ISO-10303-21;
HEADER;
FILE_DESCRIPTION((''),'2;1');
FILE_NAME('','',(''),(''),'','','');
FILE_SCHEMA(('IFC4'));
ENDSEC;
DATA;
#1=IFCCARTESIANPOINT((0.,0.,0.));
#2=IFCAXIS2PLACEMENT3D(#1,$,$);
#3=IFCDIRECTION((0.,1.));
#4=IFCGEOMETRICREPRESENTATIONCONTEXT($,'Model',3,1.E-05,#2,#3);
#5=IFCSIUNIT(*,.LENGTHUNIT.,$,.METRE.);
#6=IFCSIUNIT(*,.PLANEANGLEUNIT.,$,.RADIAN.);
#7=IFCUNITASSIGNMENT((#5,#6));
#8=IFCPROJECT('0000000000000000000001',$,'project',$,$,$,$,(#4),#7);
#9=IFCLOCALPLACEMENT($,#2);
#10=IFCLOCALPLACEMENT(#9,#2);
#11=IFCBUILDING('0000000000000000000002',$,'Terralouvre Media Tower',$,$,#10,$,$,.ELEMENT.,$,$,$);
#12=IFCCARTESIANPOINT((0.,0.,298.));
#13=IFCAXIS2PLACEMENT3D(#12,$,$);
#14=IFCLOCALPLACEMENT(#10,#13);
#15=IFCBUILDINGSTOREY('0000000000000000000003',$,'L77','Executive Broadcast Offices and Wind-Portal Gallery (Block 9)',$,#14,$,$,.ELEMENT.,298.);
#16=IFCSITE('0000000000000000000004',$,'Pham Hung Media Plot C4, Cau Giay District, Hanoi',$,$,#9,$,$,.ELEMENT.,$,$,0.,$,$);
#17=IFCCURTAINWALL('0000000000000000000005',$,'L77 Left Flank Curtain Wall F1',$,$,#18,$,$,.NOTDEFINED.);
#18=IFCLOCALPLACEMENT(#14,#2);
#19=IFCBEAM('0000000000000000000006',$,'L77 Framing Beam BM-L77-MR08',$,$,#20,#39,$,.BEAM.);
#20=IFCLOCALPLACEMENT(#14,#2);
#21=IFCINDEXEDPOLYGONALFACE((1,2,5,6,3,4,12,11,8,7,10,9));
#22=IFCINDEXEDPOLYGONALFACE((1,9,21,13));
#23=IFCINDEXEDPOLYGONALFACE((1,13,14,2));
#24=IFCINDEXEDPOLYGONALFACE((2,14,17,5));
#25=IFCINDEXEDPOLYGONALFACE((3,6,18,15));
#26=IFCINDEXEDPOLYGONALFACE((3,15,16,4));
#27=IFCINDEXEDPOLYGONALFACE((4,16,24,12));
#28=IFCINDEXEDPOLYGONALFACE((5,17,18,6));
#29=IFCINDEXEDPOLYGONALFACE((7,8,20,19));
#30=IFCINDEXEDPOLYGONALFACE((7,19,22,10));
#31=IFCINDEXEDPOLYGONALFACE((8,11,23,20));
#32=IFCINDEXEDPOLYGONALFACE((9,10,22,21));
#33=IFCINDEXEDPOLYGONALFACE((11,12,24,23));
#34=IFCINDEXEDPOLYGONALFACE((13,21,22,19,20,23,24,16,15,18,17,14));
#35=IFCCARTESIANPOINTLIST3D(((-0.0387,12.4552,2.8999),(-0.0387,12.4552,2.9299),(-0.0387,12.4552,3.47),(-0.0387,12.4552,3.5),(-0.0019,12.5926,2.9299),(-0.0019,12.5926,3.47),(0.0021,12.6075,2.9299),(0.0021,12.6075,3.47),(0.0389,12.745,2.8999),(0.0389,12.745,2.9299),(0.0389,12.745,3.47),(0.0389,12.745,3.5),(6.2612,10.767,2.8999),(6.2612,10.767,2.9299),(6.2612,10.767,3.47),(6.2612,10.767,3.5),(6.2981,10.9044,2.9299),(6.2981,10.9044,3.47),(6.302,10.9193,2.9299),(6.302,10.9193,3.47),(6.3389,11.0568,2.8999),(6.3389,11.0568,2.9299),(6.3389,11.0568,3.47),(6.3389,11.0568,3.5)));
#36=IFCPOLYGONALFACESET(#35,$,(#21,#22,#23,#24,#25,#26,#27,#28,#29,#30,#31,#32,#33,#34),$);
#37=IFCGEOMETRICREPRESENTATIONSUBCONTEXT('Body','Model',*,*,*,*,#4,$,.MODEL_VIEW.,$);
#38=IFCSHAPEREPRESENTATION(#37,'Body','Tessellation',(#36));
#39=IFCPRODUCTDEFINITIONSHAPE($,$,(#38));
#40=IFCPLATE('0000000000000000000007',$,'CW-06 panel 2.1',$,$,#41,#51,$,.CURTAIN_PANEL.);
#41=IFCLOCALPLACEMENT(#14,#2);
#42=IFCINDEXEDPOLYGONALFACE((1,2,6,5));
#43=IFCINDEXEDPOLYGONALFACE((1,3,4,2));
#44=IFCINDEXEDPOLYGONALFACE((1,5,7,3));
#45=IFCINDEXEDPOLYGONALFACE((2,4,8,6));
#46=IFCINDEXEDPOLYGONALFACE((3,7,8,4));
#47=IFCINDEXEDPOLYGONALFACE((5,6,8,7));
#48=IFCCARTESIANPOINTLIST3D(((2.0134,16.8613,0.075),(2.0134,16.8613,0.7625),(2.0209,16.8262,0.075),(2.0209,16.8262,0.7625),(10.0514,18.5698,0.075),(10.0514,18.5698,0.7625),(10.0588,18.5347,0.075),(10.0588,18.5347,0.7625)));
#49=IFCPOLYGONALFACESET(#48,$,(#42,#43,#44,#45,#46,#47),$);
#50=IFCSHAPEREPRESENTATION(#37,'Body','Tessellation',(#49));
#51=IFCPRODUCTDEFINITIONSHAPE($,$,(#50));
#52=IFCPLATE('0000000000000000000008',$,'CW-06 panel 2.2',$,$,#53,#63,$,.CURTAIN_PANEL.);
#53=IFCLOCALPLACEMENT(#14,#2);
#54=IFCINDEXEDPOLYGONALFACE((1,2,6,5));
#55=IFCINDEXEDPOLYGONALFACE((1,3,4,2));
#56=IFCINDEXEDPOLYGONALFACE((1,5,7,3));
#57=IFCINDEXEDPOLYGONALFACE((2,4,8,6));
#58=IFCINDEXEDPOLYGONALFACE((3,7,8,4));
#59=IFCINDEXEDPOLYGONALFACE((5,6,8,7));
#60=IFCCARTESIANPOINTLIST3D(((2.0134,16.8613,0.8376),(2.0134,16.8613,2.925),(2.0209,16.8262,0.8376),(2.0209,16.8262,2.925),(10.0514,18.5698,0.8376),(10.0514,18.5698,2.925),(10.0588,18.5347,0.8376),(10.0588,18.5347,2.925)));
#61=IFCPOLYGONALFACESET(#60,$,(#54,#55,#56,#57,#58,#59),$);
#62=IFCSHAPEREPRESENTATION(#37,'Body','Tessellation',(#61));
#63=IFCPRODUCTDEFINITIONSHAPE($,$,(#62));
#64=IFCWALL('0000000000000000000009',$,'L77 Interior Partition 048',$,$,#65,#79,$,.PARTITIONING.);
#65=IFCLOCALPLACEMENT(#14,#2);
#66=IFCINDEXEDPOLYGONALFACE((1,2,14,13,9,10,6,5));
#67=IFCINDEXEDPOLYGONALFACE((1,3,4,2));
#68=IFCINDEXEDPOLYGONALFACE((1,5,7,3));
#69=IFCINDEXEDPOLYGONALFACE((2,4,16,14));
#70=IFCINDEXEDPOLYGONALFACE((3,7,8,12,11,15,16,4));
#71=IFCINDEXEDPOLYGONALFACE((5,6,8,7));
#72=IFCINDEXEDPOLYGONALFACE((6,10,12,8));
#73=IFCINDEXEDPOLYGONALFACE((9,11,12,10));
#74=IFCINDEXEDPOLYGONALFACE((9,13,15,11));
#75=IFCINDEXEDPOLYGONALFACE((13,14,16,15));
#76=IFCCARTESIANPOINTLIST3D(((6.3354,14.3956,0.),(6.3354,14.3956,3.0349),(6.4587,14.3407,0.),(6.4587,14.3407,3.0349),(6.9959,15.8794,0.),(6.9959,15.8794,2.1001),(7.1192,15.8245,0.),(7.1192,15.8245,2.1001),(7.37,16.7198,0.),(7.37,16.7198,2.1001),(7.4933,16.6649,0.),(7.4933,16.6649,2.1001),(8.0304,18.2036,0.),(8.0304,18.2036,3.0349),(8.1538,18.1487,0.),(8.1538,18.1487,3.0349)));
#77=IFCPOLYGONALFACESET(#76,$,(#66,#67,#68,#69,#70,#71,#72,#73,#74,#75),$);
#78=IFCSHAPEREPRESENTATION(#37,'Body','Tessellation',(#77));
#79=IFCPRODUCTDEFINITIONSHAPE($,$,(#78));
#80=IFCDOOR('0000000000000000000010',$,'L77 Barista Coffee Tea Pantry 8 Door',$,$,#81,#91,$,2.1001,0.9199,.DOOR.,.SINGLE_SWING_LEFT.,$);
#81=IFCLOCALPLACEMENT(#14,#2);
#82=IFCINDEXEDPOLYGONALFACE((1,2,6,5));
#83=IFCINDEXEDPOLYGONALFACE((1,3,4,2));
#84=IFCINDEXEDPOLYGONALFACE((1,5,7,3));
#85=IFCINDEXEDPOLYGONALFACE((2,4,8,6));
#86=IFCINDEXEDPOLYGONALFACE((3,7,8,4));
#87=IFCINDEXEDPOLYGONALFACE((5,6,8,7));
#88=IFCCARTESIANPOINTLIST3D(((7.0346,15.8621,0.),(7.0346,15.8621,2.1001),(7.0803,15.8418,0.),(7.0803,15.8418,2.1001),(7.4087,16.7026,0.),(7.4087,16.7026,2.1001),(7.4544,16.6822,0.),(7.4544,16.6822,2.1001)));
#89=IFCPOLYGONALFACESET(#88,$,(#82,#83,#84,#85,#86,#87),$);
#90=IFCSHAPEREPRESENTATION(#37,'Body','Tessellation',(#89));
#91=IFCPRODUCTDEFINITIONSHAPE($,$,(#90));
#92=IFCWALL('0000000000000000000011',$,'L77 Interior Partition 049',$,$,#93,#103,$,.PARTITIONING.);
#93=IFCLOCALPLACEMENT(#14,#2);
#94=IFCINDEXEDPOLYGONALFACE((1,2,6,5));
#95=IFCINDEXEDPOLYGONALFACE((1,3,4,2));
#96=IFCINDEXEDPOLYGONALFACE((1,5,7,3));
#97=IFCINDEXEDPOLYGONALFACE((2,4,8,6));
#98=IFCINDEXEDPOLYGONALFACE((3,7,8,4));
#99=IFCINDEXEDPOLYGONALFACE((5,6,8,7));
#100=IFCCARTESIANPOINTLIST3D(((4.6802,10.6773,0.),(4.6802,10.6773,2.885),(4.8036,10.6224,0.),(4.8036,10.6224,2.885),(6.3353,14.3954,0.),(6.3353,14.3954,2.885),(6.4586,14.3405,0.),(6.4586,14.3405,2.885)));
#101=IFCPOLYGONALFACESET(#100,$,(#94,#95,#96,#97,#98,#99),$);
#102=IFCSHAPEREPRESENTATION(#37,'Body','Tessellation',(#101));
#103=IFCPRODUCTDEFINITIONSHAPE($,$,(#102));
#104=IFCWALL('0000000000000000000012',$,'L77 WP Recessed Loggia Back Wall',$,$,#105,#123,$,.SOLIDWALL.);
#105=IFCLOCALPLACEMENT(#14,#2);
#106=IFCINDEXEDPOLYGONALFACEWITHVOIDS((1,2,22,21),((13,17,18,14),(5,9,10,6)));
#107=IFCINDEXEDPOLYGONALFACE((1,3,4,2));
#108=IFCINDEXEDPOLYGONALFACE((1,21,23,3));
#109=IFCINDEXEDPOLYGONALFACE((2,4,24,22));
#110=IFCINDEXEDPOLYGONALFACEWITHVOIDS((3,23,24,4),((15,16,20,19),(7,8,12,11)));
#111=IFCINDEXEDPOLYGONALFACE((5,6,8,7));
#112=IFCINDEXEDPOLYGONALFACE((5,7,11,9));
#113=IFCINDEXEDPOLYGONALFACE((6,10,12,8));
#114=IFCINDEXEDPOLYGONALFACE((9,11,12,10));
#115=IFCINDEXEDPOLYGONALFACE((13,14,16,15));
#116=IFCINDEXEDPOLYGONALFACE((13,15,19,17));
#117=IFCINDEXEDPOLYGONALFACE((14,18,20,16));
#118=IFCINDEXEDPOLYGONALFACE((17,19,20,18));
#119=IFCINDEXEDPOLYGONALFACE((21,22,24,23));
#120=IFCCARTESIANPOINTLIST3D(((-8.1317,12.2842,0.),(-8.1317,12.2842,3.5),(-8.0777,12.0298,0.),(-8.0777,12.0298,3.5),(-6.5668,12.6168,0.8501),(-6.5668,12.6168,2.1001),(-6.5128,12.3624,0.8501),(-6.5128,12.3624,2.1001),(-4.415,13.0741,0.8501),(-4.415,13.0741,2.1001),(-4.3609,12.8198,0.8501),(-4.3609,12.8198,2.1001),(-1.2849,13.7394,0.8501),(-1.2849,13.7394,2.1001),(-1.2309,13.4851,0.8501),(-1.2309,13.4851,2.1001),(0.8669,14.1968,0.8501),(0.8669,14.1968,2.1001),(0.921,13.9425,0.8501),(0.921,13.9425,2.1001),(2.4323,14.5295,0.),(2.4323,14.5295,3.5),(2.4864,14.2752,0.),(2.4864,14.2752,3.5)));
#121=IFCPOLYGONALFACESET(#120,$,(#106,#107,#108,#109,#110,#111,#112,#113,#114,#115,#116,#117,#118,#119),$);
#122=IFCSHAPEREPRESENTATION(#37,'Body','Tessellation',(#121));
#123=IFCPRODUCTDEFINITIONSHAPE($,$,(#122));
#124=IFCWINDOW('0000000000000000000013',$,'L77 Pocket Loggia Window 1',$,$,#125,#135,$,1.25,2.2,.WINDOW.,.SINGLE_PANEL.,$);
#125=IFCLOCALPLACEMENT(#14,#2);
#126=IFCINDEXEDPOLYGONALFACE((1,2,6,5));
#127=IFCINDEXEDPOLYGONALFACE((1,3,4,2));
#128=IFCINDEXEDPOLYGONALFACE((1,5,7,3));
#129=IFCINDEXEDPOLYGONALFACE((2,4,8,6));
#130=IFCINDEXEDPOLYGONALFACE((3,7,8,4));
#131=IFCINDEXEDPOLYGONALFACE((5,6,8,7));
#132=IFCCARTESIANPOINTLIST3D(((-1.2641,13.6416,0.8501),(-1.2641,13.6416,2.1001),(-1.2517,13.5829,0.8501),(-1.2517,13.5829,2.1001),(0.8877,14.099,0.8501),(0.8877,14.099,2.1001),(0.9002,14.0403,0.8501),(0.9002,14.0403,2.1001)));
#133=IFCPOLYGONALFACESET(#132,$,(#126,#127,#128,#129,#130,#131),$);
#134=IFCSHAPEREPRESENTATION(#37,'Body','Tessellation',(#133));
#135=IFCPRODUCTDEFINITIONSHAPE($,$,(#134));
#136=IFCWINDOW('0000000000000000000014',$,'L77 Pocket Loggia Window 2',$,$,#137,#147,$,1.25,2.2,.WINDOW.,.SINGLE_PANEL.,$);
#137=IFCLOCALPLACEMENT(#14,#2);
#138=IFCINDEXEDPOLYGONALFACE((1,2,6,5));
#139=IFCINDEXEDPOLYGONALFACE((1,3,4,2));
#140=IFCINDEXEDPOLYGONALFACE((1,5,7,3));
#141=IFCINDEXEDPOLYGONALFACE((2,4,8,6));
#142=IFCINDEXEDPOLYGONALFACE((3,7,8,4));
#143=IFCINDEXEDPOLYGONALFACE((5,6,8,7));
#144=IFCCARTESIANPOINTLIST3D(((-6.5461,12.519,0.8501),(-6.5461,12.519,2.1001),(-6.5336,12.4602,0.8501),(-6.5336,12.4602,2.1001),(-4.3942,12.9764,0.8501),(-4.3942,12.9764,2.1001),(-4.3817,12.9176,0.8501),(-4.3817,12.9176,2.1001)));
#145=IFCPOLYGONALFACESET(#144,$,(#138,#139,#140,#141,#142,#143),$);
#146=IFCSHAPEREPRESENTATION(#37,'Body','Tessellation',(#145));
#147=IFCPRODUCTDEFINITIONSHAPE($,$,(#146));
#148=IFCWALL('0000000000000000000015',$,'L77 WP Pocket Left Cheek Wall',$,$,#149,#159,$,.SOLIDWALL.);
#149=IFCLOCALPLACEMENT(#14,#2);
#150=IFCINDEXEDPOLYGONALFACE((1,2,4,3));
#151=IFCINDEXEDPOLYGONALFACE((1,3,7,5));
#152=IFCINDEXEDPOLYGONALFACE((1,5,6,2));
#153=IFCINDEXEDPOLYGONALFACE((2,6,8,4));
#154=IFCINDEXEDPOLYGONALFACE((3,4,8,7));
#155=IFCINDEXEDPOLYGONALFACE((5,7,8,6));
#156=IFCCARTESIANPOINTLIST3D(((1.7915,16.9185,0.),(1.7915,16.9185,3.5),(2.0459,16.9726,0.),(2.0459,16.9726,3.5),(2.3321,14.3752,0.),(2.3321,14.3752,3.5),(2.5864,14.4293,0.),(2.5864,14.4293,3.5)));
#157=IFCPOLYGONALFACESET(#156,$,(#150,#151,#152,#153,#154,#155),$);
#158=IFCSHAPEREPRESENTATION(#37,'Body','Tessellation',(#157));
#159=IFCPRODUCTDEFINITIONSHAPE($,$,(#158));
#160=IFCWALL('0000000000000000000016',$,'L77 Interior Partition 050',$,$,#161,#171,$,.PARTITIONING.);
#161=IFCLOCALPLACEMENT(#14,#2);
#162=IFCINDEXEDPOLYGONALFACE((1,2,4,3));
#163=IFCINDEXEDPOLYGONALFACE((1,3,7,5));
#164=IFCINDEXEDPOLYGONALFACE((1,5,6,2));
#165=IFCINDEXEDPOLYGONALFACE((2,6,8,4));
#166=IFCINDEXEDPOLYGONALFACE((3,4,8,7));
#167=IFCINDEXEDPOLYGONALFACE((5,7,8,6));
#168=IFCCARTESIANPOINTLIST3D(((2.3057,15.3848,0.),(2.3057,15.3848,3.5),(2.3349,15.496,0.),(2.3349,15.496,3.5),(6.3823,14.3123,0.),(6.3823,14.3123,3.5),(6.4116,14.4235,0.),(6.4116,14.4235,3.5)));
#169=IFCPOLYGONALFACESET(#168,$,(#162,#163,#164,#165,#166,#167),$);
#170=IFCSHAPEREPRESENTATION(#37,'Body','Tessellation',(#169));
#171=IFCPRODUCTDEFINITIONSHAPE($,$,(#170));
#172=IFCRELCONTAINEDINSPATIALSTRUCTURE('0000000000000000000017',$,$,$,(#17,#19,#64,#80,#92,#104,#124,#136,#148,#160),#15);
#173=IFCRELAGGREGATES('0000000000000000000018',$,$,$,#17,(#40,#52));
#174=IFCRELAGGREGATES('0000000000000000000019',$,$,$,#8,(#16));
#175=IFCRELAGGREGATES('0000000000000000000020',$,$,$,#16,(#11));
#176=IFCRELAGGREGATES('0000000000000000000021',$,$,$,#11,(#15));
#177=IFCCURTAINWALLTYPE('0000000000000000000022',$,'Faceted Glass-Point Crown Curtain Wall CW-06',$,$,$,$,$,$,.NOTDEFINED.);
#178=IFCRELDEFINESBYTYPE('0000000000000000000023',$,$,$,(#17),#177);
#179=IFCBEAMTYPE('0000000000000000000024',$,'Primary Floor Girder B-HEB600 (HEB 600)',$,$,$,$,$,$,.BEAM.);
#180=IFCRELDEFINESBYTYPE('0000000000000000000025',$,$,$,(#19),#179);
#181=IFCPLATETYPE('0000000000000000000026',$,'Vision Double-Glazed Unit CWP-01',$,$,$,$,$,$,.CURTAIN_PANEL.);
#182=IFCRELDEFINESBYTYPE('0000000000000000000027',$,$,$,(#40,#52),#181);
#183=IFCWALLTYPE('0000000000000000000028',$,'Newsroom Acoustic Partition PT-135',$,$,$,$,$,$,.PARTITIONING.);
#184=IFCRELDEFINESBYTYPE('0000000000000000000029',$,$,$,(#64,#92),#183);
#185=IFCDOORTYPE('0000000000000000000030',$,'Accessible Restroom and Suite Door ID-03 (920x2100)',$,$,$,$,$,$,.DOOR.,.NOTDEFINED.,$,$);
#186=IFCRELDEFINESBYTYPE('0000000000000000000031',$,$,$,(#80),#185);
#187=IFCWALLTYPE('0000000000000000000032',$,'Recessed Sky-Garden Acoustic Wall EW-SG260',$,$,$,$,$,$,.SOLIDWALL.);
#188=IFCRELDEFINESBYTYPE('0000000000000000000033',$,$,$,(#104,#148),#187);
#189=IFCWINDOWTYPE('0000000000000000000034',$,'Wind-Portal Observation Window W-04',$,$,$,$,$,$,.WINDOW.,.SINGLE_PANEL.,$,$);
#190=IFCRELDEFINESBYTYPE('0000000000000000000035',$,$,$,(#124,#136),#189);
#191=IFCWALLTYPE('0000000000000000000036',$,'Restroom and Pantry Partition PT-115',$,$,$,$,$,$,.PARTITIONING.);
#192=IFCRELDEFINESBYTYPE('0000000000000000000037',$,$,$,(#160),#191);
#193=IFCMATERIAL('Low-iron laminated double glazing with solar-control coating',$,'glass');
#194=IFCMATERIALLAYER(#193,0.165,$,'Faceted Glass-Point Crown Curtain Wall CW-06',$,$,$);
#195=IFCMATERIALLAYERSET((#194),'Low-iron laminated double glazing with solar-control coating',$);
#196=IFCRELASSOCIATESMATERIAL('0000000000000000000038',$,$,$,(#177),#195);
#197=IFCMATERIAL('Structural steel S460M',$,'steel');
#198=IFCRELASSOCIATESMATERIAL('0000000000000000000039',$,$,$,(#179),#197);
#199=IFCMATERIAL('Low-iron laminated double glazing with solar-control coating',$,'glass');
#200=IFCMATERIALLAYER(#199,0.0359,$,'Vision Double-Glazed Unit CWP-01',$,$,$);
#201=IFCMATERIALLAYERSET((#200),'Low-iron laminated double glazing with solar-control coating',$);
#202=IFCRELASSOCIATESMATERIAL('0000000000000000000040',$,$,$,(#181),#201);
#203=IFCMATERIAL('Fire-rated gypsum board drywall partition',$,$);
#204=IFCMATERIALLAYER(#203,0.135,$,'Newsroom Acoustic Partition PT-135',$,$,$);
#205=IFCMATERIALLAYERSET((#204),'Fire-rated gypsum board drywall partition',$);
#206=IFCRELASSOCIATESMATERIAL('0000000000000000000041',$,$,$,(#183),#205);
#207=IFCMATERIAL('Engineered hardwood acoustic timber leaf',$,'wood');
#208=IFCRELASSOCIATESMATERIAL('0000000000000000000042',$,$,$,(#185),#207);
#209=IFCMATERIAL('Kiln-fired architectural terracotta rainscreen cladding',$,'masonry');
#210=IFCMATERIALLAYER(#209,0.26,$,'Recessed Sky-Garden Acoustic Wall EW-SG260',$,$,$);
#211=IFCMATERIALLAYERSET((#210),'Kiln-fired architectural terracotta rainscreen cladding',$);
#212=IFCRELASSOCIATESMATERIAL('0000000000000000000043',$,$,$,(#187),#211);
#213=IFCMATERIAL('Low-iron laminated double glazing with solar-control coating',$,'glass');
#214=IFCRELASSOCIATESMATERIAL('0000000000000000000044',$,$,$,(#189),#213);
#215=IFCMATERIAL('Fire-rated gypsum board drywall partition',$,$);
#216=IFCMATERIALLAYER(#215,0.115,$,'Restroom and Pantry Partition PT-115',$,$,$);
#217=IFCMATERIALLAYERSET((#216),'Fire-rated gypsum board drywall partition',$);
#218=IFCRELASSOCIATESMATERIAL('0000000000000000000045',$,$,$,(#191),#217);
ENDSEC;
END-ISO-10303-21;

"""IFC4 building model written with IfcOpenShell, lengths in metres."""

from ifc_helpers import new_model, si_unit, direction, frame, frame_2d, origin, origin_2d, place, context, subcontext, project, spatial, rectangle, i_section, extrude, material, layer, layer_set, material_profile, profile_set, type_object, element, fill, aggregate, save


model = new_model("IFC4")

# Units and contexts
model_context = context("Model", 3, precision=1e-05, world=origin(), true_north=direction((0.0, 1.0)))
body_context = subcontext(model_context, "Body", "Model", "MODEL_VIEW")
ifc_project = project(units=[si_unit("LENGTHUNIT", "METRE"), si_unit("PLANEANGLEUNIT", "RADIAN")], contexts=[model_context])

# Site, building, storey
site_placement = place(None, origin())
site = spatial("IfcSite", under=ifc_project, at=site_placement, Name="Pham Hung Media Plot C4, Cau Giay District, Hanoi", CompositionType="ELEMENT", RefElevation=0.0)
building_placement = place(site_placement, origin())
building = spatial("IfcBuilding", under=site, at=building_placement, Name="Terralouvre Media Tower", CompositionType="ELEMENT")
storey_placement = place(building_placement, frame((0.0, 0.0, 298.0)))
storey = spatial("IfcBuildingStorey", under=building, at=storey_placement, Name="L77", Description="Executive Broadcast Offices and Wind-Portal Gallery (Block 9)", CompositionType="ELEMENT", Elevation=298.0)

# Curtain wall
ifc_material_1 = material(Name="Low-iron laminated double glazing with solar-control coating", Category="glass")
ifc_layer_1 = layer(ifc_material_1, 0.165, Name="Faceted Glass-Point Crown Curtain Wall CW-06")
ifc_layer_set_1 = layer_set([ifc_layer_1], Name="Low-iron laminated double glazing with solar-control coating")
curtain_wall_type = type_object("IfcCurtainWallType", Name="Faceted Glass-Point Crown Curtain Wall CW-06", PredefinedType="NOTDEFINED", material=ifc_layer_set_1)
curtain_wall_placement = place(storey_placement, origin())
curtain_wall = element("IfcCurtainWall", 1, at=curtain_wall_placement, inside=storey, type_object=curtain_wall_type, Name="L77 Left Flank Curtain Wall F1", PredefinedType="NOTDEFINED")

# Beam
ifc_material_2 = material(Name="Structural steel S460M", Category="steel")
ifc_material_profile_1 = material_profile(ifc_material_2, i_section(OverallWidth=0.3, OverallDepth=0.6001, WebThickness=0.0154, FlangeThickness=0.03, at=origin_2d()), Name="HEB 600")
ifc_profile_set_1 = profile_set([ifc_material_profile_1], Name="Structural steel S460M")
beam_type_1 = type_object("IfcBeamType", Name="Primary Floor Girder B-HEB600 (HEB 600)", PredefinedType="BEAM", material=ifc_profile_set_1)
beam_1_placement = place(storey_placement, frame((6.3, 10.9119, 3.2), z_axis=(-0.96592, 0.258839, 0.0), x_axis=(-0.258839, -0.96592, 0.0)))
element("IfcBeam", 2, at=beam_1_placement, inside=storey, type_object=beam_type_1, Name="L77 Framing Beam BM-L77-MR08", PredefinedType="BEAM", context=body_context, shape_type="SweptSolid", body=[
    extrude(i_section(OverallWidth=0.3, OverallDepth=0.6001, WebThickness=0.0154, FlangeThickness=0.03, at=origin_2d()), origin(), (0.0, 0.0, 1.0), 6.5222),
])

# Plates
ifc_material_3 = material(Name="Low-iron laminated double glazing with solar-control coating", Category="glass")
ifc_layer_2 = layer(ifc_material_3, 0.0359, Name="Vision Double-Glazed Unit CWP-01")
ifc_layer_set_2 = layer_set([ifc_layer_2], Name="Low-iron laminated double glazing with solar-control coating")
plate_type = type_object("IfcPlateType", Name="Vision Double-Glazed Unit CWP-01", PredefinedType="CURTAIN_PANEL", material=ifc_layer_set_2)
plate_1_placement = place(storey_placement, frame((6.0361, 17.698, 0.075), z_axis=(0.0, 0.0, 1.0), x_axis=(-0.978148, -0.207912, 0.0)))
plate_1 = element("IfcPlate", 3, at=plate_1_placement, type_object=plate_type, Name="CW-06 panel 2.1", PredefinedType="CURTAIN_PANEL", context=body_context, shape_type="SweptSolid", body=[
    extrude(rectangle(XDim=8.2175, YDim=0.0359, at=origin_2d()), origin(), (0.0, 0.0, 1.0), 0.6875),
])
plate_2_placement = place(storey_placement, frame((6.0361, 17.698, 0.8376), z_axis=(0.0, 0.0, 1.0), x_axis=(-0.978148, -0.207912, 0.0)))
plate_2 = element("IfcPlate", 4, at=plate_2_placement, type_object=plate_type, Name="CW-06 panel 2.2", PredefinedType="CURTAIN_PANEL", context=body_context, shape_type="SweptSolid", body=[
    extrude(rectangle(XDim=8.2175, YDim=0.0359, at=origin_2d()), origin(), (0.0, 0.0, 1.0), 2.0874),
])
aggregate(curtain_wall, [plate_1, plate_2])

# Wall, opening, door
ifc_material_4 = material(Name="Fire-rated gypsum board drywall partition")
ifc_layer_3 = layer(ifc_material_4, 0.135, Name="Newsroom Acoustic Partition PT-135")
ifc_layer_set_3 = layer_set([ifc_layer_3], Name="Fire-rated gypsum board drywall partition")
wall_type_1 = type_object("IfcWallType", Name="Newsroom Acoustic Partition PT-135", PredefinedType="PARTITIONING", material=ifc_layer_set_3)
wall_1_placement = place(storey_placement, frame((8.092, 18.176, 0.0), z_axis=(0.0, 0.0, 1.0), x_axis=(-0.406655, -0.913582, 0.0)))
wall_1 = element("IfcWall", 5, at=wall_1_placement, inside=storey, type_object=wall_type_1, Name="L77 Interior Partition 048", PredefinedType="PARTITIONING", context=body_context, shape_type="SweptSolid", body=[
    extrude(rectangle(XDim=4.1682, YDim=0.135, at=frame_2d((2.084, 0.0))), origin(), (0.0, 0.0, 1.0), 3.0349),
])
opening_1_placement = place(wall_1_placement, frame((1.624, 0.0, 0.0)))
opening_1 = element("IfcOpeningElement", 6, at=opening_1_placement, cuts=wall_1, PredefinedType="OPENING", context=body_context, shape_type="SweptSolid", body=[
    extrude(rectangle(XDim=0.9199, YDim=2.1001, at=frame_2d((0.46, 1.05))), frame((0.0, 0.0774, 0.0), z_axis=(0.0, -1.0, 0.0), x_axis=(1.0, 0.0, 0.0)), (0.0, 0.0, 1.0), 0.155),
])
ifc_material_5 = material(Name="Engineered hardwood acoustic timber leaf", Category="wood")
door_type = type_object("IfcDoorType", Name="Accessible Restroom and Suite Door ID-03 (920x2100)", OperationType="NOTDEFINED", PredefinedType="DOOR", material=ifc_material_5)
door_placement = place(opening_1_placement, origin())
door = element("IfcDoor", 7, at=door_placement, inside=storey, type_object=door_type, Name="L77 Barista Coffee Tea Pantry 8 Door", OperationType="SINGLE_SWING_LEFT", OverallHeight=2.1001, OverallWidth=0.9199, PredefinedType="DOOR", context=body_context, shape_type="SweptSolid", body=[
    extrude(rectangle(XDim=0.9199, YDim=2.1001, at=frame_2d((0.46, 1.05))), frame((0.0, 0.0249, 0.0), z_axis=(0.0, -1.0, 0.0), x_axis=(1.0, 0.0, 0.0)), (0.0, 0.0, 1.0), 0.05),
])
fill(opening_1, door)

# Wall
wall_2_placement = place(storey_placement, frame((6.397, 14.3679, 0.0), z_axis=(0.0, 0.0, 1.0), x_axis=(-0.406667, -0.913576, 0.0)))
element("IfcWall", 8, at=wall_2_placement, inside=storey, type_object=wall_type_1, Name="L77 Interior Partition 049", PredefinedType="PARTITIONING", context=body_context, shape_type="SweptSolid", body=[
    extrude(rectangle(XDim=4.0698, YDim=0.135, at=frame_2d((2.0349, 0.0))), origin(), (0.0, 0.0, 1.0), 2.885),
])

# Wall, openings, windows
ifc_material_6 = material(Name="Kiln-fired architectural terracotta rainscreen cladding", Category="masonry")
ifc_layer_4 = layer(ifc_material_6, 0.26, Name="Recessed Sky-Garden Acoustic Wall EW-SG260")
ifc_layer_set_4 = layer_set([ifc_layer_4], Name="Kiln-fired architectural terracotta rainscreen cladding")
wall_type_2 = type_object("IfcWallType", Name="Recessed Sky-Garden Acoustic Wall EW-SG260", PredefinedType="SOLIDWALL", material=ifc_layer_set_4)
wall_3_placement = place(storey_placement, frame((2.4592, 14.4023, 0.0), z_axis=(0.0, 0.0, 1.0), x_axis=(-0.978149, -0.207905, 0.0)))
wall_3 = element("IfcWall", 9, at=wall_3_placement, inside=storey, type_object=wall_type_2, Name="L77 WP Recessed Loggia Back Wall", PredefinedType="SOLIDWALL", context=body_context, shape_type="SweptSolid", body=[
    extrude(rectangle(XDim=10.8, YDim=0.26, at=frame_2d((5.3999, 0.0))), origin(), (0.0, 0.0, 1.0), 3.5),
])
opening_2_placement = place(wall_3_placement, frame((1.6001, 0.0, 0.8501)))
opening_2 = element("IfcOpeningElement", 10, at=opening_2_placement, cuts=wall_3, PredefinedType="OPENING", context=body_context, shape_type="SweptSolid", body=[
    extrude(rectangle(XDim=2.2, YDim=1.25, at=frame_2d((1.1001, 0.625))), frame((0.0, 0.1399, 0.0), z_axis=(0.0, -1.0, 0.0), x_axis=(1.0, 0.0, 0.0)), (0.0, 0.0, 1.0), 0.28),
])
opening_3_placement = place(wall_3_placement, frame((7.0, 0.0, 0.8501)))
opening_3 = element("IfcOpeningElement", 11, at=opening_3_placement, cuts=wall_3, PredefinedType="OPENING", context=body_context, shape_type="SweptSolid", body=[
    extrude(rectangle(XDim=2.2, YDim=1.25, at=frame_2d((1.1001, 0.625))), frame((0.0, 0.1399, 0.0), z_axis=(0.0, -1.0, 0.0), x_axis=(1.0, 0.0, 0.0)), (0.0, 0.0, 1.0), 0.28),
])
ifc_material_7 = material(Name="Low-iron laminated double glazing with solar-control coating", Category="glass")
window_type = type_object("IfcWindowType", Name="Wind-Portal Observation Window W-04", PartitioningType="SINGLE_PANEL", PredefinedType="WINDOW", material=ifc_material_7)
window_1_placement = place(opening_2_placement, origin())
window_1 = element("IfcWindow", 12, at=window_1_placement, inside=storey, type_object=window_type, Name="L77 Pocket Loggia Window 1", OverallHeight=1.25, OverallWidth=2.2, PartitioningType="SINGLE_PANEL", PredefinedType="WINDOW", context=body_context, shape_type="SweptSolid", body=[
    extrude(rectangle(XDim=2.2, YDim=1.25, at=frame_2d((1.1001, 0.625))), frame((0.0, 0.03, 0.0), z_axis=(0.0, -1.0, 0.0), x_axis=(1.0, 0.0, 0.0)), (0.0, 0.0, 1.0), 0.0601),
])
fill(opening_2, window_1)
window_2_placement = place(opening_3_placement, origin())
window_2 = element("IfcWindow", 13, at=window_2_placement, inside=storey, type_object=window_type, Name="L77 Pocket Loggia Window 2", OverallHeight=1.25, OverallWidth=2.2, PartitioningType="SINGLE_PANEL", PredefinedType="WINDOW", context=body_context, shape_type="SweptSolid", body=[
    extrude(rectangle(XDim=2.2, YDim=1.25, at=frame_2d((1.1001, 0.625))), frame((0.0, 0.03, 0.0), z_axis=(0.0, -1.0, 0.0), x_axis=(1.0, 0.0, 0.0)), (0.0, 0.0, 1.0), 0.0601),
])
fill(opening_3, window_2)

# Walls
wall_4_placement = place(storey_placement, frame((1.9187, 16.9456, 0.0), z_axis=(0.0, 0.0, 1.0), x_axis=(0.207894, -0.978151, 0.0)))
element("IfcWall", 14, at=wall_4_placement, inside=storey, type_object=wall_type_2, Name="L77 WP Pocket Left Cheek Wall", PredefinedType="SOLIDWALL", context=body_context, shape_type="SweptSolid", body=[
    extrude(rectangle(XDim=2.6001, YDim=0.26, at=frame_2d((1.3, 0.0))), origin(), (0.0, 0.0, 1.0), 3.5),
])
ifc_material_8 = material(Name="Fire-rated gypsum board drywall partition")
ifc_layer_5 = layer(ifc_material_8, 0.115, Name="Restroom and Pantry Partition PT-115")
ifc_layer_set_5 = layer_set([ifc_layer_5], Name="Fire-rated gypsum board drywall partition")
wall_type_3 = type_object("IfcWallType", Name="Restroom and Pantry Partition PT-115", PredefinedType="PARTITIONING", material=ifc_layer_set_5)
wall_5_placement = place(storey_placement, frame((2.3203, 15.4404, 0.0), z_axis=(0.0, 0.0, 1.0), x_axis=(0.967092, -0.254428, 0.0)))
element("IfcWall", 15, at=wall_5_placement, inside=storey, type_object=wall_type_3, Name="L77 Interior Partition 050", PredefinedType="PARTITIONING", context=body_context, shape_type="SweptSolid", body=[
    extrude(rectangle(XDim=4.2153, YDim=0.115, at=frame_2d((2.1077, 0.0))), origin(), (0.0, 0.0, 1.0), 3.5),
])

save(model, "model.ifc")
